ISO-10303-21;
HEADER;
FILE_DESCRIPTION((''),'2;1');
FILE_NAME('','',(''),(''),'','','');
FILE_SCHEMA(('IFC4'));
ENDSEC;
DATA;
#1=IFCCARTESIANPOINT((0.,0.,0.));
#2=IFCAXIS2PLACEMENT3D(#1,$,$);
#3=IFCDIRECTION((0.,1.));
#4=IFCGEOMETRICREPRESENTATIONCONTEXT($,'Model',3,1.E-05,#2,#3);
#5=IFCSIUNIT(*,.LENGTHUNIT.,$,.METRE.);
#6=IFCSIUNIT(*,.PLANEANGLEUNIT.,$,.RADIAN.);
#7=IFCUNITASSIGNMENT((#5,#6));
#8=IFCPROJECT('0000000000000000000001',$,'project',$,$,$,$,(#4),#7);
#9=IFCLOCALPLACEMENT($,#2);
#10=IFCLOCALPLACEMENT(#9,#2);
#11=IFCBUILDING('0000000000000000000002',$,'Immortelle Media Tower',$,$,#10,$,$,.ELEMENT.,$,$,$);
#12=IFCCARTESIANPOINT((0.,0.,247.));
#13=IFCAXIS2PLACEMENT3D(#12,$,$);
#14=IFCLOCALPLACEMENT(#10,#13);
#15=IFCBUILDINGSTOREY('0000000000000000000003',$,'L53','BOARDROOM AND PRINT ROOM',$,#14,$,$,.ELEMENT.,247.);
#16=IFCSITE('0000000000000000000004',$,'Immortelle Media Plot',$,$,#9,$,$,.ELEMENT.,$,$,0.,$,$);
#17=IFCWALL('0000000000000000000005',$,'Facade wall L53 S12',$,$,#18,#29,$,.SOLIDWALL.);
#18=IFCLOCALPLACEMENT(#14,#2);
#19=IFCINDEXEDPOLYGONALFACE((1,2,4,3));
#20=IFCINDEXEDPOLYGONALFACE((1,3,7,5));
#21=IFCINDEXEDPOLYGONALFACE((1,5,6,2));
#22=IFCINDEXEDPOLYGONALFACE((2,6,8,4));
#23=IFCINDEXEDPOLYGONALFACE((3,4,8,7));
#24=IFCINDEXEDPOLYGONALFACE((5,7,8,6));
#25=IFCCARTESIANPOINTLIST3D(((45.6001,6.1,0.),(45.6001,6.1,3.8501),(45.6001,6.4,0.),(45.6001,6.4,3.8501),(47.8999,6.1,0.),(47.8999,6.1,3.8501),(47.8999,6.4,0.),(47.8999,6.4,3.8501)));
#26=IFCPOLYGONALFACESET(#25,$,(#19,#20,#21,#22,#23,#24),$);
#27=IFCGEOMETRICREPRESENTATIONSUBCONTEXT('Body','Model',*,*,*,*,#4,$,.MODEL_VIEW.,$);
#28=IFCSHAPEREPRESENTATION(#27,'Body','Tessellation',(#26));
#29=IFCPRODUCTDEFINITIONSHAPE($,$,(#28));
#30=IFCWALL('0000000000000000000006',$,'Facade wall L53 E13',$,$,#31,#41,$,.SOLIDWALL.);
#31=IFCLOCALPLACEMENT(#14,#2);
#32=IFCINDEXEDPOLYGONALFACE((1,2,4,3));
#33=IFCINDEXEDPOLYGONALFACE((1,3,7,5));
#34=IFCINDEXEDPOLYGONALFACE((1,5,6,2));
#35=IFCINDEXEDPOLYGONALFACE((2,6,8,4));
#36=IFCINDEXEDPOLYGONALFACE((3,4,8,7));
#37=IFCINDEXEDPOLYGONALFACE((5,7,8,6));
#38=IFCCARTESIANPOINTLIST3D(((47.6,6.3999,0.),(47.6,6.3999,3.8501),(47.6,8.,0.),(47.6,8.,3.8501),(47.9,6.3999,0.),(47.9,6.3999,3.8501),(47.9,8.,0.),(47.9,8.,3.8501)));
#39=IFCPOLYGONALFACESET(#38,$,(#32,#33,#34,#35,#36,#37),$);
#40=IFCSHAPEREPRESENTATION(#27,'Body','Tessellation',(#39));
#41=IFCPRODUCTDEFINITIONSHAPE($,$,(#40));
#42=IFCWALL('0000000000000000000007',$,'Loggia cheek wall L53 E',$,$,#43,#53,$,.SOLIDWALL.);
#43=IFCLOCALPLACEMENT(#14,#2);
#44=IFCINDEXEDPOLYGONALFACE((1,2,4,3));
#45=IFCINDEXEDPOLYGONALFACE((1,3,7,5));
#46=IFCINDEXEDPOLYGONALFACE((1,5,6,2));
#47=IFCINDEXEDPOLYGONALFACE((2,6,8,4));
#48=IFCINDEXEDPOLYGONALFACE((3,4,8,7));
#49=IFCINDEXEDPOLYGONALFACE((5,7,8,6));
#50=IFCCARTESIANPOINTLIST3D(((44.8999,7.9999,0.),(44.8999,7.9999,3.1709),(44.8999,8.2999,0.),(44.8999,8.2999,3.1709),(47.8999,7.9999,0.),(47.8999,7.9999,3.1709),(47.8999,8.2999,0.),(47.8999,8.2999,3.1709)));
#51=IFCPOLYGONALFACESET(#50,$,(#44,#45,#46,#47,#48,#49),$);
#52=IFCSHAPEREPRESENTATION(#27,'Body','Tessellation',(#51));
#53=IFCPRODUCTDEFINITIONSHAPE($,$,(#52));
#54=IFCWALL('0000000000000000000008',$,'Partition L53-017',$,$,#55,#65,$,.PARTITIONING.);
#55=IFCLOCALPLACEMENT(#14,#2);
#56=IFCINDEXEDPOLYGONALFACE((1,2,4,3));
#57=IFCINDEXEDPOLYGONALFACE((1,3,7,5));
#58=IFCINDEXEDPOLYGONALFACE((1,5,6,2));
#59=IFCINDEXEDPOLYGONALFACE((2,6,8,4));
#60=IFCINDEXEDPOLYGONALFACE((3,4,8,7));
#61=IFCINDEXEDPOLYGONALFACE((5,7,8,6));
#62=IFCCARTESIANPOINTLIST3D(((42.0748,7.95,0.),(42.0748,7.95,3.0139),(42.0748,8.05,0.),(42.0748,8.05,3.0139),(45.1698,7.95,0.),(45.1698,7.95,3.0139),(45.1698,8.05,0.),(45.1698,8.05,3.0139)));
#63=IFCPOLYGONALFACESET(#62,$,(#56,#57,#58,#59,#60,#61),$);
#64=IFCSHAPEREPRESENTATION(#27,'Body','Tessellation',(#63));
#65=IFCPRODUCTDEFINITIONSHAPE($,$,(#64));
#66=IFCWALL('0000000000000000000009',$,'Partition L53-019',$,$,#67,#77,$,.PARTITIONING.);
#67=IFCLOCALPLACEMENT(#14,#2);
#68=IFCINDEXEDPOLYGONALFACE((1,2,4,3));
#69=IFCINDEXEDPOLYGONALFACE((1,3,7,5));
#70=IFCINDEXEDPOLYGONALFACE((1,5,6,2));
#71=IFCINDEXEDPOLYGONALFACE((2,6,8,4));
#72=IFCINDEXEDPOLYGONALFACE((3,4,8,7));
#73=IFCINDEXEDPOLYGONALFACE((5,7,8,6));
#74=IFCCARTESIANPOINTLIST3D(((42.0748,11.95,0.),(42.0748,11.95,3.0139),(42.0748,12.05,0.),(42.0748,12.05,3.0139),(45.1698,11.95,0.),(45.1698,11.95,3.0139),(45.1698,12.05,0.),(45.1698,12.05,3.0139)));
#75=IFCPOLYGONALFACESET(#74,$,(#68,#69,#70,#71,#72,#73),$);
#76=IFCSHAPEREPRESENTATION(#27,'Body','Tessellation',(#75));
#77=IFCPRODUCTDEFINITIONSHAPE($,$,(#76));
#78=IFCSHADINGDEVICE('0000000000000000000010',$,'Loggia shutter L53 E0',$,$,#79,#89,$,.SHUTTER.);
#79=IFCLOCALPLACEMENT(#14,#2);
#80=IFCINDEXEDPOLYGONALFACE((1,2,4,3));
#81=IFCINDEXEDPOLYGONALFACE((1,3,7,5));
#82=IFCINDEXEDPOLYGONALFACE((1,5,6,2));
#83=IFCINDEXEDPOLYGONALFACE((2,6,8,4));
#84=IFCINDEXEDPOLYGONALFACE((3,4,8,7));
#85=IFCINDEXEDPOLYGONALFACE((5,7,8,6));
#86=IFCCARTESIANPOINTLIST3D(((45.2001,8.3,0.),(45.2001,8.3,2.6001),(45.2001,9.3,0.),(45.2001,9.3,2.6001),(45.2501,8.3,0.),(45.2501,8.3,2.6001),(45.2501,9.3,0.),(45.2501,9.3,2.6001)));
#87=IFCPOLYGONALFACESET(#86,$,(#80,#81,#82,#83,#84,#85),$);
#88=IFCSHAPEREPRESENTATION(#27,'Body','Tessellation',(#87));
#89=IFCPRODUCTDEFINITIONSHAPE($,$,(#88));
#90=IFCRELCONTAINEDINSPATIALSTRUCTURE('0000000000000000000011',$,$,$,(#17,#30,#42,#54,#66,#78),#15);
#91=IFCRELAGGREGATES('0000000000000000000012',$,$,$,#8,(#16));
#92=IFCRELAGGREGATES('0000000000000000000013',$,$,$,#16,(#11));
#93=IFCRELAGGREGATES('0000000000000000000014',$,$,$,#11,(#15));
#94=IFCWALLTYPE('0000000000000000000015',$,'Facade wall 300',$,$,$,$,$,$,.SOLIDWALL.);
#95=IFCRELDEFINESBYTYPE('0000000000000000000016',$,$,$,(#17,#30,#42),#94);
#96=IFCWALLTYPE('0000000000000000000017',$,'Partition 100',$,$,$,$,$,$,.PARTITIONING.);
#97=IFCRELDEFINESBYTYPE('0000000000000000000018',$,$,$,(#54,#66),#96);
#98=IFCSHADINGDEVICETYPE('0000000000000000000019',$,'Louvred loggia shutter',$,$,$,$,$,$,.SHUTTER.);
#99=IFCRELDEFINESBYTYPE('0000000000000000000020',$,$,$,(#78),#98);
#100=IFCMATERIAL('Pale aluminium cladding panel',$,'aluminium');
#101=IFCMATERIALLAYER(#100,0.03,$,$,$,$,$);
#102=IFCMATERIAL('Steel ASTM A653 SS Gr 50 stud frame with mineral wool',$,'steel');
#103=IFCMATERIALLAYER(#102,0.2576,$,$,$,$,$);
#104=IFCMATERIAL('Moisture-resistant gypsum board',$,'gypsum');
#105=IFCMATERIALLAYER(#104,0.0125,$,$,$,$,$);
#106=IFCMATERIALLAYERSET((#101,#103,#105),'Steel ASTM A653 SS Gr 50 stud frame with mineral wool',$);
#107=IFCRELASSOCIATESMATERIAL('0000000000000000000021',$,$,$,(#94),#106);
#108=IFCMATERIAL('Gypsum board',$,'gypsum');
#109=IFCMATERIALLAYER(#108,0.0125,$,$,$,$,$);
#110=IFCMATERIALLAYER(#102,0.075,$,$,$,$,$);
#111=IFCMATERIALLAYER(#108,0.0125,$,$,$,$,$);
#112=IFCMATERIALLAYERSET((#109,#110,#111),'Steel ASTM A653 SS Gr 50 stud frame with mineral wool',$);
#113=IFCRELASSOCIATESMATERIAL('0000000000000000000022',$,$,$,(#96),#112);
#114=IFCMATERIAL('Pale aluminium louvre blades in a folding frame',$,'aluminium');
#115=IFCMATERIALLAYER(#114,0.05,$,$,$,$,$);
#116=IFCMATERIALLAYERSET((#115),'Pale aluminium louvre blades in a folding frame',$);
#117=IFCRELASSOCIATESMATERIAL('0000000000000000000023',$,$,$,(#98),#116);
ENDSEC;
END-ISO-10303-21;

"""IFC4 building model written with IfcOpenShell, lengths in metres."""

from ifc_helpers import new_model, si_unit, direction, frame, frame_2d, origin, origin_2d, place, context, subcontext, project, spatial, rectangle, extrude, material, layer, layer_set, type_object, element, save


model = new_model("IFC4")

# Units and contexts
model_context = context("Model", 3, precision=1e-05, world=origin(), true_north=direction((0.0, 1.0)))
body_context = subcontext(model_context, "Body", "Model", "MODEL_VIEW")
ifc_project = project(units=[si_unit("LENGTHUNIT", "METRE"), si_unit("PLANEANGLEUNIT", "RADIAN")], contexts=[model_context])

# Site, building, storey
site_placement = place(None, origin())
site = spatial("IfcSite", under=ifc_project, at=site_placement, Name="Immortelle Media Plot", CompositionType="ELEMENT", RefElevation=0.0)
building_placement = place(site_placement, origin())
building = spatial("IfcBuilding", under=site, at=building_placement, Name="Immortelle Media Tower", CompositionType="ELEMENT")
storey_placement = place(building_placement, frame((0.0, 0.0, 247.0)))
storey = spatial("IfcBuildingStorey", under=building, at=storey_placement, Name="L53", Description="BOARDROOM AND PRINT ROOM", CompositionType="ELEMENT", Elevation=247.0)

# Walls
ifc_material_1 = material(Name="Pale aluminium cladding panel", Category="aluminium")
ifc_layer_1 = layer(ifc_material_1, 0.03)
ifc_material_2 = material(Name="Steel ASTM A653 SS Gr 50 stud frame with mineral wool", Category="steel")
ifc_layer_2 = layer(ifc_material_2, 0.2576)
ifc_material_3 = material(Name="Moisture-resistant gypsum board", Category="gypsum")
ifc_layer_3 = layer(ifc_material_3, 0.0125)
ifc_layer_set_1 = layer_set([ifc_layer_1, ifc_layer_2, ifc_layer_3], Name="Steel ASTM A653 SS Gr 50 stud frame with mineral wool")
wall_type_1 = type_object("IfcWallType", Name="Facade wall 300", PredefinedType="SOLIDWALL", material=ifc_layer_set_1)
wall_1_placement = place(storey_placement, frame((45.6001, 6.25, 0.0), z_axis=(0.0, 0.0, 1.0), x_axis=(1.0, 0.0, 0.0)))
element("IfcWall", 1, at=wall_1_placement, inside=storey, type_object=wall_type_1, Name="Facade wall L53 S12", PredefinedType="SOLIDWALL", context=body_context, shape_type="SweptSolid", body=[
    extrude(rectangle(XDim=2.2998, YDim=0.3, at=frame_2d((1.1499, 0.0))), origin(), (0.0, 0.0, 1.0), 3.8501),
])
wall_2_placement = place(storey_placement, frame((47.75, 6.3999, 0.0), z_axis=(0.0, 0.0, 1.0), x_axis=(0.0, 1.0, 0.0)))
element("IfcWall", 2, at=wall_2_placement, inside=storey, type_object=wall_type_1, Name="Facade wall L53 E13", PredefinedType="SOLIDWALL", context=body_context, shape_type="SweptSolid", body=[
    extrude(rectangle(XDim=1.6001, YDim=0.3, at=frame_2d((0.8, 0.0))), origin(), (0.0, 0.0, 1.0), 3.8501),
])

# Walls
wall_3_placement = place(storey_placement, frame((47.8999, 8.1499, 0.0), z_axis=(0.0, 0.0, 1.0), x_axis=(-1.0, 0.0, 0.0)))
element("IfcWall", 3, at=wall_3_placement, inside=storey, type_object=wall_type_1, Name="Loggia cheek wall L53 E", PredefinedType="SOLIDWALL", context=body_context, shape_type="SweptSolid", body=[
    extrude(rectangle(XDim=3.0, YDim=0.3, at=frame_2d((1.5, 0.0))), origin(), (0.0, 0.0, 1.0), 3.1709),
])
ifc_material_4 = material(Name="Gypsum board", Category="gypsum")
ifc_layer_4 = layer(ifc_material_4, 0.0125)
ifc_layer_5 = layer(ifc_material_2, 0.075)
ifc_layer_6 = layer(ifc_material_4, 0.0125)
ifc_layer_set_2 = layer_set([ifc_layer_4, ifc_layer_5, ifc_layer_6], Name="Steel ASTM A653 SS Gr 50 stud frame with mineral wool")
wall_type_2 = type_object("IfcWallType", Name="Partition 100", PredefinedType="PARTITIONING", material=ifc_layer_set_2)
for number, where, z_axis, x_axis, name in (
    (4, (42.075, 8.0, 0.0), (0.0, 0.0, 1.0), (1.0, 0.0, 0.0), "Partition L53-017"),
    (5, (42.075, 12.0, 0.0), (0.0, 0.0, 1.0), (1.0, 0.0, 0.0), "Partition L53-019"),
):
    element("IfcWall", number, at=place(storey_placement, frame(where, z_axis=z_axis, x_axis=x_axis)), inside=storey, type_object=wall_type_2, Name=name, PredefinedType="PARTITIONING", context=body_context, shape_type="SweptSolid", body=[
        extrude(rectangle(XDim=3.095, YDim=0.1001, at=frame_2d((1.5474, 0.0))), origin(), (0.0, 0.0, 1.0), 3.0139),
    ])

# Shading device
ifc_material_5 = material(Name="Pale aluminium louvre blades in a folding frame", Category="aluminium")
ifc_layer_7 = layer(ifc_material_5, 0.05)
ifc_layer_set_3 = layer_set([ifc_layer_7], Name="Pale aluminium louvre blades in a folding frame")
shading_device_type = type_object("IfcShadingDeviceType", Name="Louvred loggia shutter", PredefinedType="SHUTTER", material=ifc_layer_set_3)
shading_device_placement = place(storey_placement, frame((45.2251, 8.8, 0.0), z_axis=(0.0, 0.0, 1.0), x_axis=(0.0, 1.0, 0.0)))
element("IfcShadingDevice", 6, at=shading_device_placement, inside=storey, type_object=shading_device_type, Name="Loggia shutter L53 E0", PredefinedType="SHUTTER", context=body_context, shape_type="SweptSolid", body=[
    extrude(rectangle(XDim=1.0, YDim=0.05, at=origin_2d()), origin(), (0.0, 0.0, 1.0), 2.6001),
])

save(model, "model.ifc")
